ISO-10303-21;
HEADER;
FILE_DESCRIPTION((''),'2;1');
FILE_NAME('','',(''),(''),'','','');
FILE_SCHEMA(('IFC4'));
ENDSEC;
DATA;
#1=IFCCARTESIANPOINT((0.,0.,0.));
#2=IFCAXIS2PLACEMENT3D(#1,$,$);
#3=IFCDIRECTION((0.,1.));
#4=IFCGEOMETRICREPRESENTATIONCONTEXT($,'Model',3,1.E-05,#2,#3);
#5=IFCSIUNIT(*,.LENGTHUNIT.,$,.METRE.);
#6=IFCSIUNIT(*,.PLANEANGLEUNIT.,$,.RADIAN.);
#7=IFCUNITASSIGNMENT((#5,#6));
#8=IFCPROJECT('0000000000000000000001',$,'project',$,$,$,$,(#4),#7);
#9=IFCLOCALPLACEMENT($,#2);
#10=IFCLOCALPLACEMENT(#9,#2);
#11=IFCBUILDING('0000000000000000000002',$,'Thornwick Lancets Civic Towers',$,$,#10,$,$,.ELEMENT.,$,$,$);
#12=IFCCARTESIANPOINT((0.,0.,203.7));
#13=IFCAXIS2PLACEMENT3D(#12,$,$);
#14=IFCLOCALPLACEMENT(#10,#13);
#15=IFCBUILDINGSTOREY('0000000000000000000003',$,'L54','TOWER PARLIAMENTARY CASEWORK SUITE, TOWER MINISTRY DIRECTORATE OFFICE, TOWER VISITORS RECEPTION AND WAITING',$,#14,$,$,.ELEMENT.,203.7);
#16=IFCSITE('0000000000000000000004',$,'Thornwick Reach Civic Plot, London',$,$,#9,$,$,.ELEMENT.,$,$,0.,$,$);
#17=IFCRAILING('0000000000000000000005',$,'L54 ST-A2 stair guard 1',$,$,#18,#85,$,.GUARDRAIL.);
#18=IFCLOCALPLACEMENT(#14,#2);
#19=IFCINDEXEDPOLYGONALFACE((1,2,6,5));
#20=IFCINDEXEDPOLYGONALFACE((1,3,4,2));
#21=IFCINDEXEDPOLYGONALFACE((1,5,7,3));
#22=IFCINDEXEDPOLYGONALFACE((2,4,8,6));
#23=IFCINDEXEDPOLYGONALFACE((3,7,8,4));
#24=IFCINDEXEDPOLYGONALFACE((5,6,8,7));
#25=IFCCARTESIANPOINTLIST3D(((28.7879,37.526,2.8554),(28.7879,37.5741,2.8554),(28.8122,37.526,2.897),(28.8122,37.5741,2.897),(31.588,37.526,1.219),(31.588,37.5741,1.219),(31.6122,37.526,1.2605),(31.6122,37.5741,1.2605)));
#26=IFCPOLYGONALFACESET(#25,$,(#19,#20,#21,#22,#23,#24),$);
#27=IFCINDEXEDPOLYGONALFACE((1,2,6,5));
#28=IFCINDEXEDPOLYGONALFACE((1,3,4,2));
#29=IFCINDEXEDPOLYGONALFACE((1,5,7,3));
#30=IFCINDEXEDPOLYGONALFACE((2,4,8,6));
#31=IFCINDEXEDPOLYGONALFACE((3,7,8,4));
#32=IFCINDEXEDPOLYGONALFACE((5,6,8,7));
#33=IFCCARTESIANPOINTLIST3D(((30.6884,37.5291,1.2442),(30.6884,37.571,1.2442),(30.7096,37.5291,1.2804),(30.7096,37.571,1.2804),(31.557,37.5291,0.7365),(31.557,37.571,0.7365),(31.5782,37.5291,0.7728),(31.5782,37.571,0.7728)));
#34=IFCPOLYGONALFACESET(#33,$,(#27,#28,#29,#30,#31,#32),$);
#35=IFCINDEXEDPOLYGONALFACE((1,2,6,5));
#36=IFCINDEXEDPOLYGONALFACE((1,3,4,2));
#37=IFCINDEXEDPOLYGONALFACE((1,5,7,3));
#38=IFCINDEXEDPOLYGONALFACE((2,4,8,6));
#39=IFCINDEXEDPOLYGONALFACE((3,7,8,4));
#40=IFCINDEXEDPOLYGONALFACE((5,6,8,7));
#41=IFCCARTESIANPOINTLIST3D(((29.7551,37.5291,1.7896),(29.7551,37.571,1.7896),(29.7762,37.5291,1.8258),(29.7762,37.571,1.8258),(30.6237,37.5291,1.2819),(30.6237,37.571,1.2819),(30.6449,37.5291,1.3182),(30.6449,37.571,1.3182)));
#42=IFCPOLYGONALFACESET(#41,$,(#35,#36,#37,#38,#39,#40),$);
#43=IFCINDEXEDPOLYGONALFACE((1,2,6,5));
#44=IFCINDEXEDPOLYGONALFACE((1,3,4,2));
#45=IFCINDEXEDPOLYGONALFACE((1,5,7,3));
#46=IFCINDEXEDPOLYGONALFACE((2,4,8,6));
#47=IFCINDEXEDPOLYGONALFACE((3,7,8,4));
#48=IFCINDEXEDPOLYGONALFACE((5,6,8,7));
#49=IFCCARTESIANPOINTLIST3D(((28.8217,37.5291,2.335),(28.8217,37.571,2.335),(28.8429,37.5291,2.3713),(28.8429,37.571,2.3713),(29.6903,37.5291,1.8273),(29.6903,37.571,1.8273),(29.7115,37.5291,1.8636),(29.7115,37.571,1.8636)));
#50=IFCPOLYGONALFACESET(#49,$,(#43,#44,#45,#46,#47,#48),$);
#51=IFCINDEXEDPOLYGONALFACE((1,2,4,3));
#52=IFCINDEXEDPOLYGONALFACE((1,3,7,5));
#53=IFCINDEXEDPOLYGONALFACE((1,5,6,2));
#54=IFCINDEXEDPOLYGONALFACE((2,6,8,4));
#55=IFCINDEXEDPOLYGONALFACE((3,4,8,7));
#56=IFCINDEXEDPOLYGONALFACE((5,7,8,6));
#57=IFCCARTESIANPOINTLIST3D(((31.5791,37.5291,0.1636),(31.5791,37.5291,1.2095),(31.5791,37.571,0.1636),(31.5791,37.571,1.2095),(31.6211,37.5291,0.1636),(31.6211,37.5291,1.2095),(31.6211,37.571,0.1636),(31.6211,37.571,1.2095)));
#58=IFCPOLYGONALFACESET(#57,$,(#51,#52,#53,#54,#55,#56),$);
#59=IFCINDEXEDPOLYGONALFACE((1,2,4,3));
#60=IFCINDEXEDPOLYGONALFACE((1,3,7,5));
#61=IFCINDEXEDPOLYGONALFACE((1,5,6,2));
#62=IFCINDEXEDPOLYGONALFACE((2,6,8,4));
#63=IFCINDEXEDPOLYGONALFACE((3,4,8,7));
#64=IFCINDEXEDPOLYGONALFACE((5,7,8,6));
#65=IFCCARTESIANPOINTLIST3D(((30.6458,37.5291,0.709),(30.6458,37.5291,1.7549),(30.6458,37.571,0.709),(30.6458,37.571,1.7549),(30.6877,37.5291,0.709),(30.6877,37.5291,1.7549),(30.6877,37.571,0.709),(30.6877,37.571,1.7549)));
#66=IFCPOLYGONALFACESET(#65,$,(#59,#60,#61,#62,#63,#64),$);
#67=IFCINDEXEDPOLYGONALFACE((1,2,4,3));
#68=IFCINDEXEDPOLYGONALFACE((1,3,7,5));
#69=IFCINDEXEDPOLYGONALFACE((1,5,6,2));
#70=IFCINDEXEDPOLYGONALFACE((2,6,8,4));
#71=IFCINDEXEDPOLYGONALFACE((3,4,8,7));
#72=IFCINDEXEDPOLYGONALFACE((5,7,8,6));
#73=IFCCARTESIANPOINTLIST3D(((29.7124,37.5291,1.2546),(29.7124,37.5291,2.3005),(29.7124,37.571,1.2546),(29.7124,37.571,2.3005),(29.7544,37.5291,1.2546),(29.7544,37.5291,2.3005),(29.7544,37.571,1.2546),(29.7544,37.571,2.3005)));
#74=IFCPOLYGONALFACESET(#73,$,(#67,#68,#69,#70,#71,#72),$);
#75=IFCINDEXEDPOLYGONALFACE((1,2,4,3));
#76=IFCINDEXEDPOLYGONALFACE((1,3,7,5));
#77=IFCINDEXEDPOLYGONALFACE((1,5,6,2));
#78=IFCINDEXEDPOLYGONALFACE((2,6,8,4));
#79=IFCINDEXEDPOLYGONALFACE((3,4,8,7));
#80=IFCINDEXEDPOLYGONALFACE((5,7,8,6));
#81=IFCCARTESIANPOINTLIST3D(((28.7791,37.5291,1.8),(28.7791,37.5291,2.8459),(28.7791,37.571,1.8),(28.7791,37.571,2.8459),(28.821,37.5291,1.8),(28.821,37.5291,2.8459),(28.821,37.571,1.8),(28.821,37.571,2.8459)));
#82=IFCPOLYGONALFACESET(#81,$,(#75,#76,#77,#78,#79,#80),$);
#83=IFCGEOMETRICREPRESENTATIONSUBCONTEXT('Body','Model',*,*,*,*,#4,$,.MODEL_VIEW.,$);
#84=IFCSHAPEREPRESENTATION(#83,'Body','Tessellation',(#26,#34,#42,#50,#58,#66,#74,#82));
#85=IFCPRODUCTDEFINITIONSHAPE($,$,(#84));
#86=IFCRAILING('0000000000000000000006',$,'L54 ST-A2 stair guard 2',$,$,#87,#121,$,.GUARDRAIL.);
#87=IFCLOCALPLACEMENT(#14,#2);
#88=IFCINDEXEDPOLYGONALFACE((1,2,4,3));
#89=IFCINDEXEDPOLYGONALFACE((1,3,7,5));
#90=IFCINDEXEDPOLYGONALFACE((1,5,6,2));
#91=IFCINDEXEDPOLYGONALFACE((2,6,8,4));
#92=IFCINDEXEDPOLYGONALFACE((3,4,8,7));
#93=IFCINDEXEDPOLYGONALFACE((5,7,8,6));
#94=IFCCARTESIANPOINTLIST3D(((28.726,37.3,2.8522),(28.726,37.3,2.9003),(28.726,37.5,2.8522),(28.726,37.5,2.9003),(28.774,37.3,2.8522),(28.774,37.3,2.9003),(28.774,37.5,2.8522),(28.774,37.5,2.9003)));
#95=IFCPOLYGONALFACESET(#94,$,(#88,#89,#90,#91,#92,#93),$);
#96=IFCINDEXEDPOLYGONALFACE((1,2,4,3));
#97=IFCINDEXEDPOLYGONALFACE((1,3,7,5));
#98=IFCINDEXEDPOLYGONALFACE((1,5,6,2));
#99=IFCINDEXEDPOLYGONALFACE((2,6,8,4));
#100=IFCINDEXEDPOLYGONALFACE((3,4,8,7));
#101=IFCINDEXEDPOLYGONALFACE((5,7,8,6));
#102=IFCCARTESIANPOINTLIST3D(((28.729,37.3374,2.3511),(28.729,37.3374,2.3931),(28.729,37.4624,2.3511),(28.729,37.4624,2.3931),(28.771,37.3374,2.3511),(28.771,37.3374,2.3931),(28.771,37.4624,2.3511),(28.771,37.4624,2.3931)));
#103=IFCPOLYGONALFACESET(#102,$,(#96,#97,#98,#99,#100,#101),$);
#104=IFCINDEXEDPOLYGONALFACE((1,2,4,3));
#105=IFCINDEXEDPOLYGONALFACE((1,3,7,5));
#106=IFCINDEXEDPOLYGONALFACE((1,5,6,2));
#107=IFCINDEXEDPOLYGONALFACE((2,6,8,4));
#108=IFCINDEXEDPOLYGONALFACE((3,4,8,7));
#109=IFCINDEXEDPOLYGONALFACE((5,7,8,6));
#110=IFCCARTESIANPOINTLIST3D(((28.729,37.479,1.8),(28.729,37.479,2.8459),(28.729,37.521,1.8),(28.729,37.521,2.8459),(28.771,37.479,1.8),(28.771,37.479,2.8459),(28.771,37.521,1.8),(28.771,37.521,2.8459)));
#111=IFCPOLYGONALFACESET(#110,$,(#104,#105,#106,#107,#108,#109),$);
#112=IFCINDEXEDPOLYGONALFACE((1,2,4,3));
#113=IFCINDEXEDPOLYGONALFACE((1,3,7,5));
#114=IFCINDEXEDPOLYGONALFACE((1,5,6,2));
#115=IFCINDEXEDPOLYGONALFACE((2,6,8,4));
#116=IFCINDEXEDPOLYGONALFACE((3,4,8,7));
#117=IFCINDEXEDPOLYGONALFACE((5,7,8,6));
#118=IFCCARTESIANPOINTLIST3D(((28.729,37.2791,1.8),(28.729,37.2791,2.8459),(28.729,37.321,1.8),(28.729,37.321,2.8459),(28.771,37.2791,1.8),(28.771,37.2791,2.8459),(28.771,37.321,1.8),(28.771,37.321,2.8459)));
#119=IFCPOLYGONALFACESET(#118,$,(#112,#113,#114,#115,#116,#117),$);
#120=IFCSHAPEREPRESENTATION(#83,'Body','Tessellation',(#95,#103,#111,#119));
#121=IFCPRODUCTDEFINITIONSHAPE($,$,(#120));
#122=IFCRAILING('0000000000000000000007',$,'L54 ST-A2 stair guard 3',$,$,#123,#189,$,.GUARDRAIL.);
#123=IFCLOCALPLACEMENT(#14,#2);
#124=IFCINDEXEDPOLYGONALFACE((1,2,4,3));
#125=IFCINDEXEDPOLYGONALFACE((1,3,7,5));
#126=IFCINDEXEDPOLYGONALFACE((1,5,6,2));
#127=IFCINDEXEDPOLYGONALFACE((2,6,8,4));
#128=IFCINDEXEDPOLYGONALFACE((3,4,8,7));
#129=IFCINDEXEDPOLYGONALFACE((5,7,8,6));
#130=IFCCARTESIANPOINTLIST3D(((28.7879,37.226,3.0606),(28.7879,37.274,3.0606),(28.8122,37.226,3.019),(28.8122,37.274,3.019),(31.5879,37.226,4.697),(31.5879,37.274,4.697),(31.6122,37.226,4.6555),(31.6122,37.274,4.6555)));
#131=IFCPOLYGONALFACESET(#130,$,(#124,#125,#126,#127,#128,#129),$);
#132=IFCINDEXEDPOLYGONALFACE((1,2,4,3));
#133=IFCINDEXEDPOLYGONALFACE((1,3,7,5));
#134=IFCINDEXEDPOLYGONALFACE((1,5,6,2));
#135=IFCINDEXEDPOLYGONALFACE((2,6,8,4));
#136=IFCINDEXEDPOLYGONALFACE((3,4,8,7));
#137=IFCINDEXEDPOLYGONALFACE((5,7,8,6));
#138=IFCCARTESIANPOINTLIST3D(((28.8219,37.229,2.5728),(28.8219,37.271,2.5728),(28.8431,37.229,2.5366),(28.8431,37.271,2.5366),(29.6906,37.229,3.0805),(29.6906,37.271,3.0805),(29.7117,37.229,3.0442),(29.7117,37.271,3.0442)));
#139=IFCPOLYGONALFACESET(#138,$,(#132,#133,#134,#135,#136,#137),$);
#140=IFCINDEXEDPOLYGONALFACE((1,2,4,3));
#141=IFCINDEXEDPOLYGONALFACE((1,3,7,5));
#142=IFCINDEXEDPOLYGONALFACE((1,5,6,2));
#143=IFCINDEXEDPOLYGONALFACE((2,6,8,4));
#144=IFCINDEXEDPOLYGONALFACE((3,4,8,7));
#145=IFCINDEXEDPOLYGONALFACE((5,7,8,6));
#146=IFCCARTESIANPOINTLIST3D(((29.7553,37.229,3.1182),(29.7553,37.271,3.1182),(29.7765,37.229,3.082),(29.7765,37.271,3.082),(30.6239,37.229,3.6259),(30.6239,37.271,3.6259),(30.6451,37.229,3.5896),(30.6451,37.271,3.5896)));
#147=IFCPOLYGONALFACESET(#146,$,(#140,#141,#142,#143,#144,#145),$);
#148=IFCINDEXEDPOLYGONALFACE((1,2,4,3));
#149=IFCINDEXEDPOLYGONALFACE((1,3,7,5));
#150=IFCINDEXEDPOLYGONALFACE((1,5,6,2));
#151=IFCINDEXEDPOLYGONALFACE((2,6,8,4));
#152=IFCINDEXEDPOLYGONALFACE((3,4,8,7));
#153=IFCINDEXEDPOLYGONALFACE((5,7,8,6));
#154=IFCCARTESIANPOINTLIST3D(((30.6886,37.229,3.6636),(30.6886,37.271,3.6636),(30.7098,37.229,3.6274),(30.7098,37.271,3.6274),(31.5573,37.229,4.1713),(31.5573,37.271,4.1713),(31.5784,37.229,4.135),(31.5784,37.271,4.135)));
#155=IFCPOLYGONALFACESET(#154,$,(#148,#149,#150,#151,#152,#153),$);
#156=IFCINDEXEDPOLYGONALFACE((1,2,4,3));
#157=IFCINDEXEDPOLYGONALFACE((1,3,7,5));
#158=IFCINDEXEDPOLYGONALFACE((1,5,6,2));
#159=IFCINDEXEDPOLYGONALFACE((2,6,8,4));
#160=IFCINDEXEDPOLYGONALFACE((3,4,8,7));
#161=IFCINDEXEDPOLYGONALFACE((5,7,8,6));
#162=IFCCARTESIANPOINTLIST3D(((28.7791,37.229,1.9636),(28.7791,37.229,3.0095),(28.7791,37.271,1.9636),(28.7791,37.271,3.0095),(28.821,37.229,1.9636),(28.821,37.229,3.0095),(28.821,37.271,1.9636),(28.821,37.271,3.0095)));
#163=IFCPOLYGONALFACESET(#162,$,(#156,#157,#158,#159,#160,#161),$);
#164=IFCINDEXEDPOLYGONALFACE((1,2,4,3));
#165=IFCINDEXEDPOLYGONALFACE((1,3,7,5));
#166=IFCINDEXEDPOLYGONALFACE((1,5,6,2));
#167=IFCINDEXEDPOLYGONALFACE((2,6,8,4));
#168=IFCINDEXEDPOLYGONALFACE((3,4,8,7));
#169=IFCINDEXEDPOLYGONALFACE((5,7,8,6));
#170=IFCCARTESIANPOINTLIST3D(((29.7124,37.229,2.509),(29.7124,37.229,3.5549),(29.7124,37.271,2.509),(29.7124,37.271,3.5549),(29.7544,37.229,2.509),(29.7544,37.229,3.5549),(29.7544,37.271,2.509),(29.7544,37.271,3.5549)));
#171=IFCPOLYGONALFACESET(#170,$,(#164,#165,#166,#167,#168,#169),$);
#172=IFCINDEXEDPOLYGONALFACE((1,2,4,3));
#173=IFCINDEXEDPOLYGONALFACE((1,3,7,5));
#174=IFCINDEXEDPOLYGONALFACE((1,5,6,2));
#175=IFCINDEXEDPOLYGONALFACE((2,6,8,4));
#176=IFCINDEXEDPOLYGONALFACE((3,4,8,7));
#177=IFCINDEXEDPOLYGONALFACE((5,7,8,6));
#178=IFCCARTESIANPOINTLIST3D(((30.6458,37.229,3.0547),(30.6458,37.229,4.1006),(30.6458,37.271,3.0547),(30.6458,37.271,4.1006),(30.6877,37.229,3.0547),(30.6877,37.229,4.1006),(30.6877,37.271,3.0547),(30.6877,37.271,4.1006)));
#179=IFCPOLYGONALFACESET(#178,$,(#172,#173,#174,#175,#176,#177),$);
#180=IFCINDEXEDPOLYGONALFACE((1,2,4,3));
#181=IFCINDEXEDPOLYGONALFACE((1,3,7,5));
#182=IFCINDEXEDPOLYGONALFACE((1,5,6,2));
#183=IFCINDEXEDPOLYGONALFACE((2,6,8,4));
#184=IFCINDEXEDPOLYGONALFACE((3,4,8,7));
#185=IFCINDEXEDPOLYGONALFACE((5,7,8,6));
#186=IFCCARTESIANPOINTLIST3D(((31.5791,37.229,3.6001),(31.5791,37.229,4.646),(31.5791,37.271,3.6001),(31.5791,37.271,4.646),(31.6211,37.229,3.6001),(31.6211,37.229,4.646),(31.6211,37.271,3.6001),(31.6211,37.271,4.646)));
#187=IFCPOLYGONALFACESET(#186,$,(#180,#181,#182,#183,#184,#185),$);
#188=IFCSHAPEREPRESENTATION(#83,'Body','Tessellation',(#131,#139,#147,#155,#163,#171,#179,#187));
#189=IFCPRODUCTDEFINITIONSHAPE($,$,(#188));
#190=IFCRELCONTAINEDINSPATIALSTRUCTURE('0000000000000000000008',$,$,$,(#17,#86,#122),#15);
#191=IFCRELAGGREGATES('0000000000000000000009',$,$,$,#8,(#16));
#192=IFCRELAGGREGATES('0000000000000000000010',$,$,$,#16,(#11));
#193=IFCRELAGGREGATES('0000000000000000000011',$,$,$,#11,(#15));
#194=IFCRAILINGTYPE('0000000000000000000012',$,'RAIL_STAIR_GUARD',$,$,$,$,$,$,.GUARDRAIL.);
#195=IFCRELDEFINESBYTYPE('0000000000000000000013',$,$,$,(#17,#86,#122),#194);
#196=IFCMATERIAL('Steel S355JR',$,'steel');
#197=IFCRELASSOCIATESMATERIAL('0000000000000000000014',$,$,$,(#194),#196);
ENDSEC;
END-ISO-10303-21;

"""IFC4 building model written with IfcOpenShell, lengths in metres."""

from ifc_helpers import new_model, si_unit, direction, frame, origin, origin_2d, place, context, subcontext, project, spatial, rectangle, extrude, material, type_object, element, save


model = new_model("IFC4")

# Units and contexts
model_context = context("Model", 3, precision=1e-05, world=origin(), true_north=direction((0.0, 1.0)))
body_context = subcontext(model_context, "Body", "Model", "MODEL_VIEW")
ifc_project = project(units=[si_unit("LENGTHUNIT", "METRE"), si_unit("PLANEANGLEUNIT", "RADIAN")], contexts=[model_context])

# Site, building, storey
site_placement = place(None, origin())
site = spatial("IfcSite", under=ifc_project, at=site_placement, Name="Thornwick Reach Civic Plot, London", CompositionType="ELEMENT", RefElevation=0.0)
building_placement = place(site_placement, origin())
building = spatial("IfcBuilding", under=site, at=building_placement, Name="Thornwick Lancets Civic Towers", CompositionType="ELEMENT")
storey_placement = place(building_placement, frame((0.0, 0.0, 203.7)))
storey = spatial("IfcBuildingStorey", under=building, at=storey_placement, Name="L54", Description="TOWER PARLIAMENTARY CASEWORK SUITE, TOWER MINISTRY DIRECTORATE OFFICE, TOWER VISITORS RECEPTION AND WAITING", CompositionType="ELEMENT", Elevation=203.7)

# Shared definitions
ifc_material_1 = material(Name="Steel S355JR", Category="steel")

# Railings
railing_type_1 = type_object("IfcRailingType", Name="RAIL_STAIR_GUARD", PredefinedType="GUARDRAIL", material=ifc_material_1)
railing_1_placement = place(storey_placement, frame((31.6001, 37.55, 0.1636)))
element("IfcRailing", 1, at=railing_1_placement, inside=storey, type_object=railing_type_1, Name="L54 ST-A2 stair guard 1", PredefinedType="GUARDRAIL", context=body_context, shape_type="SweptSolid", body=[
    extrude(rectangle(XDim=0.0481, YDim=0.0481, at=origin_2d()), frame((0.0, 0.0, 1.0762), z_axis=(-0.863361, 0.0, 0.504587), x_axis=(0.0, -1.0, 0.0)), (0.0, 0.0, 1.0), 3.2432),
    extrude(rectangle(XDim=0.042, YDim=0.042, at=origin_2d()), frame((-0.0325, 0.0, 0.5911), z_axis=(-0.863361, 0.0, 0.504587), x_axis=(0.0, -1.0, 0.0)), (0.0, 0.0, 1.0), 1.0061),
    extrude(rectangle(XDim=0.042, YDim=0.042, at=origin_2d()), frame((-0.9658, 0.0, 1.1365), z_axis=(-0.863361, 0.0, 0.504587), x_axis=(0.0, -1.0, 0.0)), (0.0, 0.0, 1.0), 1.0061),
    extrude(rectangle(XDim=0.042, YDim=0.042, at=origin_2d()), frame((-1.8992, 0.0, 1.6819), z_axis=(-0.863361, 0.0, 0.504587), x_axis=(0.0, -1.0, 0.0)), (0.0, 0.0, 1.0), 1.0061),
    extrude(rectangle(XDim=0.042, YDim=0.042, at=origin_2d()), origin(), (0.0, 0.0, 1.0), 1.0459),
    extrude(rectangle(XDim=0.042, YDim=0.042, at=origin_2d()), frame((-0.9333, 0.0, 0.5454)), (0.0, 0.0, 1.0), 1.0459),
    extrude(rectangle(XDim=0.042, YDim=0.042, at=origin_2d()), frame((-1.8667, 0.0, 1.0911)), (0.0, 0.0, 1.0), 1.0459),
    extrude(rectangle(XDim=0.042, YDim=0.042, at=origin_2d()), frame((-2.8, 0.0, 1.6365)), (0.0, 0.0, 1.0), 1.0459),
])
railing_2_placement = place(storey_placement, frame((28.75, 37.5, 1.8)))
element("IfcRailing", 2, at=railing_2_placement, inside=storey, type_object=railing_type_1, Name="L54 ST-A2 stair guard 2", PredefinedType="GUARDRAIL", context=body_context, shape_type="SweptSolid", body=[
    extrude(rectangle(XDim=0.0481, YDim=0.0481, at=origin_2d()), frame((0.0, 0.0, 1.0762), z_axis=(0.0, -1.0, 0.0), x_axis=(1.0, 0.0, 0.0)), (0.0, 0.0, 1.0), 0.2),
    extrude(rectangle(XDim=0.042, YDim=0.042, at=origin_2d()), frame((0.0, -0.0376, 0.572), z_axis=(0.0, -1.0, 0.0), x_axis=(1.0, 0.0, 0.0)), (0.0, 0.0, 1.0), 0.125),
    extrude(rectangle(XDim=0.042, YDim=0.042, at=origin_2d()), origin(), (0.0, 0.0, 1.0), 1.0459),
    extrude(rectangle(XDim=0.042, YDim=0.042, at=origin_2d()), frame((0.0, -0.2, 0.0)), (0.0, 0.0, 1.0), 1.0459),
])
railing_3_placement = place(storey_placement, frame((28.8, 37.25, 1.9636)))
element("IfcRailing", 3, at=railing_3_placement, inside=storey, type_object=railing_type_1, Name="L54 ST-A2 stair guard 3", PredefinedType="GUARDRAIL", context=body_context, shape_type="SweptSolid", body=[
    extrude(rectangle(XDim=0.0481, YDim=0.0481, at=origin_2d()), frame((0.0, 0.0, 1.0762), z_axis=(0.863361, 0.0, 0.504587), x_axis=(0.0, 1.0, 0.0)), (0.0, 0.0, 1.0), 3.2432),
    extrude(rectangle(XDim=0.042, YDim=0.042, at=origin_2d()), frame((0.0325, 0.0, 0.5911), z_axis=(0.863361, 0.0, 0.504587), x_axis=(0.0, 1.0, 0.0)), (0.0, 0.0, 1.0), 1.0061),
    extrude(rectangle(XDim=0.042, YDim=0.042, at=origin_2d()), frame((0.9658, 0.0, 1.1365), z_axis=(0.863361, 0.0, 0.504587), x_axis=(0.0, 1.0, 0.0)), (0.0, 0.0, 1.0), 1.0061),
    extrude(rectangle(XDim=0.042, YDim=0.042, at=origin_2d()), frame((1.8992, 0.0, 1.6819), z_axis=(0.863361, 0.0, 0.504587), x_axis=(0.0, 1.0, 0.0)), (0.0, 0.0, 1.0), 1.0061),
    extrude(rectangle(XDim=0.042, YDim=0.042, at=origin_2d()), origin(), (0.0, 0.0, 1.0), 1.0459),
    extrude(rectangle(XDim=0.042, YDim=0.042, at=origin_2d()), frame((0.9333, 0.0, 0.5454)), (0.0, 0.0, 1.0), 1.0459),
    extrude(rectangle(XDim=0.042, YDim=0.042, at=origin_2d()), frame((1.8667, 0.0, 1.0911)), (0.0, 0.0, 1.0), 1.0459),
    extrude(rectangle(XDim=0.042, YDim=0.042, at=origin_2d()), frame((2.8, 0.0, 1.6365)), (0.0, 0.0, 1.0), 1.0459),
])

save(model, "model.ifc")
